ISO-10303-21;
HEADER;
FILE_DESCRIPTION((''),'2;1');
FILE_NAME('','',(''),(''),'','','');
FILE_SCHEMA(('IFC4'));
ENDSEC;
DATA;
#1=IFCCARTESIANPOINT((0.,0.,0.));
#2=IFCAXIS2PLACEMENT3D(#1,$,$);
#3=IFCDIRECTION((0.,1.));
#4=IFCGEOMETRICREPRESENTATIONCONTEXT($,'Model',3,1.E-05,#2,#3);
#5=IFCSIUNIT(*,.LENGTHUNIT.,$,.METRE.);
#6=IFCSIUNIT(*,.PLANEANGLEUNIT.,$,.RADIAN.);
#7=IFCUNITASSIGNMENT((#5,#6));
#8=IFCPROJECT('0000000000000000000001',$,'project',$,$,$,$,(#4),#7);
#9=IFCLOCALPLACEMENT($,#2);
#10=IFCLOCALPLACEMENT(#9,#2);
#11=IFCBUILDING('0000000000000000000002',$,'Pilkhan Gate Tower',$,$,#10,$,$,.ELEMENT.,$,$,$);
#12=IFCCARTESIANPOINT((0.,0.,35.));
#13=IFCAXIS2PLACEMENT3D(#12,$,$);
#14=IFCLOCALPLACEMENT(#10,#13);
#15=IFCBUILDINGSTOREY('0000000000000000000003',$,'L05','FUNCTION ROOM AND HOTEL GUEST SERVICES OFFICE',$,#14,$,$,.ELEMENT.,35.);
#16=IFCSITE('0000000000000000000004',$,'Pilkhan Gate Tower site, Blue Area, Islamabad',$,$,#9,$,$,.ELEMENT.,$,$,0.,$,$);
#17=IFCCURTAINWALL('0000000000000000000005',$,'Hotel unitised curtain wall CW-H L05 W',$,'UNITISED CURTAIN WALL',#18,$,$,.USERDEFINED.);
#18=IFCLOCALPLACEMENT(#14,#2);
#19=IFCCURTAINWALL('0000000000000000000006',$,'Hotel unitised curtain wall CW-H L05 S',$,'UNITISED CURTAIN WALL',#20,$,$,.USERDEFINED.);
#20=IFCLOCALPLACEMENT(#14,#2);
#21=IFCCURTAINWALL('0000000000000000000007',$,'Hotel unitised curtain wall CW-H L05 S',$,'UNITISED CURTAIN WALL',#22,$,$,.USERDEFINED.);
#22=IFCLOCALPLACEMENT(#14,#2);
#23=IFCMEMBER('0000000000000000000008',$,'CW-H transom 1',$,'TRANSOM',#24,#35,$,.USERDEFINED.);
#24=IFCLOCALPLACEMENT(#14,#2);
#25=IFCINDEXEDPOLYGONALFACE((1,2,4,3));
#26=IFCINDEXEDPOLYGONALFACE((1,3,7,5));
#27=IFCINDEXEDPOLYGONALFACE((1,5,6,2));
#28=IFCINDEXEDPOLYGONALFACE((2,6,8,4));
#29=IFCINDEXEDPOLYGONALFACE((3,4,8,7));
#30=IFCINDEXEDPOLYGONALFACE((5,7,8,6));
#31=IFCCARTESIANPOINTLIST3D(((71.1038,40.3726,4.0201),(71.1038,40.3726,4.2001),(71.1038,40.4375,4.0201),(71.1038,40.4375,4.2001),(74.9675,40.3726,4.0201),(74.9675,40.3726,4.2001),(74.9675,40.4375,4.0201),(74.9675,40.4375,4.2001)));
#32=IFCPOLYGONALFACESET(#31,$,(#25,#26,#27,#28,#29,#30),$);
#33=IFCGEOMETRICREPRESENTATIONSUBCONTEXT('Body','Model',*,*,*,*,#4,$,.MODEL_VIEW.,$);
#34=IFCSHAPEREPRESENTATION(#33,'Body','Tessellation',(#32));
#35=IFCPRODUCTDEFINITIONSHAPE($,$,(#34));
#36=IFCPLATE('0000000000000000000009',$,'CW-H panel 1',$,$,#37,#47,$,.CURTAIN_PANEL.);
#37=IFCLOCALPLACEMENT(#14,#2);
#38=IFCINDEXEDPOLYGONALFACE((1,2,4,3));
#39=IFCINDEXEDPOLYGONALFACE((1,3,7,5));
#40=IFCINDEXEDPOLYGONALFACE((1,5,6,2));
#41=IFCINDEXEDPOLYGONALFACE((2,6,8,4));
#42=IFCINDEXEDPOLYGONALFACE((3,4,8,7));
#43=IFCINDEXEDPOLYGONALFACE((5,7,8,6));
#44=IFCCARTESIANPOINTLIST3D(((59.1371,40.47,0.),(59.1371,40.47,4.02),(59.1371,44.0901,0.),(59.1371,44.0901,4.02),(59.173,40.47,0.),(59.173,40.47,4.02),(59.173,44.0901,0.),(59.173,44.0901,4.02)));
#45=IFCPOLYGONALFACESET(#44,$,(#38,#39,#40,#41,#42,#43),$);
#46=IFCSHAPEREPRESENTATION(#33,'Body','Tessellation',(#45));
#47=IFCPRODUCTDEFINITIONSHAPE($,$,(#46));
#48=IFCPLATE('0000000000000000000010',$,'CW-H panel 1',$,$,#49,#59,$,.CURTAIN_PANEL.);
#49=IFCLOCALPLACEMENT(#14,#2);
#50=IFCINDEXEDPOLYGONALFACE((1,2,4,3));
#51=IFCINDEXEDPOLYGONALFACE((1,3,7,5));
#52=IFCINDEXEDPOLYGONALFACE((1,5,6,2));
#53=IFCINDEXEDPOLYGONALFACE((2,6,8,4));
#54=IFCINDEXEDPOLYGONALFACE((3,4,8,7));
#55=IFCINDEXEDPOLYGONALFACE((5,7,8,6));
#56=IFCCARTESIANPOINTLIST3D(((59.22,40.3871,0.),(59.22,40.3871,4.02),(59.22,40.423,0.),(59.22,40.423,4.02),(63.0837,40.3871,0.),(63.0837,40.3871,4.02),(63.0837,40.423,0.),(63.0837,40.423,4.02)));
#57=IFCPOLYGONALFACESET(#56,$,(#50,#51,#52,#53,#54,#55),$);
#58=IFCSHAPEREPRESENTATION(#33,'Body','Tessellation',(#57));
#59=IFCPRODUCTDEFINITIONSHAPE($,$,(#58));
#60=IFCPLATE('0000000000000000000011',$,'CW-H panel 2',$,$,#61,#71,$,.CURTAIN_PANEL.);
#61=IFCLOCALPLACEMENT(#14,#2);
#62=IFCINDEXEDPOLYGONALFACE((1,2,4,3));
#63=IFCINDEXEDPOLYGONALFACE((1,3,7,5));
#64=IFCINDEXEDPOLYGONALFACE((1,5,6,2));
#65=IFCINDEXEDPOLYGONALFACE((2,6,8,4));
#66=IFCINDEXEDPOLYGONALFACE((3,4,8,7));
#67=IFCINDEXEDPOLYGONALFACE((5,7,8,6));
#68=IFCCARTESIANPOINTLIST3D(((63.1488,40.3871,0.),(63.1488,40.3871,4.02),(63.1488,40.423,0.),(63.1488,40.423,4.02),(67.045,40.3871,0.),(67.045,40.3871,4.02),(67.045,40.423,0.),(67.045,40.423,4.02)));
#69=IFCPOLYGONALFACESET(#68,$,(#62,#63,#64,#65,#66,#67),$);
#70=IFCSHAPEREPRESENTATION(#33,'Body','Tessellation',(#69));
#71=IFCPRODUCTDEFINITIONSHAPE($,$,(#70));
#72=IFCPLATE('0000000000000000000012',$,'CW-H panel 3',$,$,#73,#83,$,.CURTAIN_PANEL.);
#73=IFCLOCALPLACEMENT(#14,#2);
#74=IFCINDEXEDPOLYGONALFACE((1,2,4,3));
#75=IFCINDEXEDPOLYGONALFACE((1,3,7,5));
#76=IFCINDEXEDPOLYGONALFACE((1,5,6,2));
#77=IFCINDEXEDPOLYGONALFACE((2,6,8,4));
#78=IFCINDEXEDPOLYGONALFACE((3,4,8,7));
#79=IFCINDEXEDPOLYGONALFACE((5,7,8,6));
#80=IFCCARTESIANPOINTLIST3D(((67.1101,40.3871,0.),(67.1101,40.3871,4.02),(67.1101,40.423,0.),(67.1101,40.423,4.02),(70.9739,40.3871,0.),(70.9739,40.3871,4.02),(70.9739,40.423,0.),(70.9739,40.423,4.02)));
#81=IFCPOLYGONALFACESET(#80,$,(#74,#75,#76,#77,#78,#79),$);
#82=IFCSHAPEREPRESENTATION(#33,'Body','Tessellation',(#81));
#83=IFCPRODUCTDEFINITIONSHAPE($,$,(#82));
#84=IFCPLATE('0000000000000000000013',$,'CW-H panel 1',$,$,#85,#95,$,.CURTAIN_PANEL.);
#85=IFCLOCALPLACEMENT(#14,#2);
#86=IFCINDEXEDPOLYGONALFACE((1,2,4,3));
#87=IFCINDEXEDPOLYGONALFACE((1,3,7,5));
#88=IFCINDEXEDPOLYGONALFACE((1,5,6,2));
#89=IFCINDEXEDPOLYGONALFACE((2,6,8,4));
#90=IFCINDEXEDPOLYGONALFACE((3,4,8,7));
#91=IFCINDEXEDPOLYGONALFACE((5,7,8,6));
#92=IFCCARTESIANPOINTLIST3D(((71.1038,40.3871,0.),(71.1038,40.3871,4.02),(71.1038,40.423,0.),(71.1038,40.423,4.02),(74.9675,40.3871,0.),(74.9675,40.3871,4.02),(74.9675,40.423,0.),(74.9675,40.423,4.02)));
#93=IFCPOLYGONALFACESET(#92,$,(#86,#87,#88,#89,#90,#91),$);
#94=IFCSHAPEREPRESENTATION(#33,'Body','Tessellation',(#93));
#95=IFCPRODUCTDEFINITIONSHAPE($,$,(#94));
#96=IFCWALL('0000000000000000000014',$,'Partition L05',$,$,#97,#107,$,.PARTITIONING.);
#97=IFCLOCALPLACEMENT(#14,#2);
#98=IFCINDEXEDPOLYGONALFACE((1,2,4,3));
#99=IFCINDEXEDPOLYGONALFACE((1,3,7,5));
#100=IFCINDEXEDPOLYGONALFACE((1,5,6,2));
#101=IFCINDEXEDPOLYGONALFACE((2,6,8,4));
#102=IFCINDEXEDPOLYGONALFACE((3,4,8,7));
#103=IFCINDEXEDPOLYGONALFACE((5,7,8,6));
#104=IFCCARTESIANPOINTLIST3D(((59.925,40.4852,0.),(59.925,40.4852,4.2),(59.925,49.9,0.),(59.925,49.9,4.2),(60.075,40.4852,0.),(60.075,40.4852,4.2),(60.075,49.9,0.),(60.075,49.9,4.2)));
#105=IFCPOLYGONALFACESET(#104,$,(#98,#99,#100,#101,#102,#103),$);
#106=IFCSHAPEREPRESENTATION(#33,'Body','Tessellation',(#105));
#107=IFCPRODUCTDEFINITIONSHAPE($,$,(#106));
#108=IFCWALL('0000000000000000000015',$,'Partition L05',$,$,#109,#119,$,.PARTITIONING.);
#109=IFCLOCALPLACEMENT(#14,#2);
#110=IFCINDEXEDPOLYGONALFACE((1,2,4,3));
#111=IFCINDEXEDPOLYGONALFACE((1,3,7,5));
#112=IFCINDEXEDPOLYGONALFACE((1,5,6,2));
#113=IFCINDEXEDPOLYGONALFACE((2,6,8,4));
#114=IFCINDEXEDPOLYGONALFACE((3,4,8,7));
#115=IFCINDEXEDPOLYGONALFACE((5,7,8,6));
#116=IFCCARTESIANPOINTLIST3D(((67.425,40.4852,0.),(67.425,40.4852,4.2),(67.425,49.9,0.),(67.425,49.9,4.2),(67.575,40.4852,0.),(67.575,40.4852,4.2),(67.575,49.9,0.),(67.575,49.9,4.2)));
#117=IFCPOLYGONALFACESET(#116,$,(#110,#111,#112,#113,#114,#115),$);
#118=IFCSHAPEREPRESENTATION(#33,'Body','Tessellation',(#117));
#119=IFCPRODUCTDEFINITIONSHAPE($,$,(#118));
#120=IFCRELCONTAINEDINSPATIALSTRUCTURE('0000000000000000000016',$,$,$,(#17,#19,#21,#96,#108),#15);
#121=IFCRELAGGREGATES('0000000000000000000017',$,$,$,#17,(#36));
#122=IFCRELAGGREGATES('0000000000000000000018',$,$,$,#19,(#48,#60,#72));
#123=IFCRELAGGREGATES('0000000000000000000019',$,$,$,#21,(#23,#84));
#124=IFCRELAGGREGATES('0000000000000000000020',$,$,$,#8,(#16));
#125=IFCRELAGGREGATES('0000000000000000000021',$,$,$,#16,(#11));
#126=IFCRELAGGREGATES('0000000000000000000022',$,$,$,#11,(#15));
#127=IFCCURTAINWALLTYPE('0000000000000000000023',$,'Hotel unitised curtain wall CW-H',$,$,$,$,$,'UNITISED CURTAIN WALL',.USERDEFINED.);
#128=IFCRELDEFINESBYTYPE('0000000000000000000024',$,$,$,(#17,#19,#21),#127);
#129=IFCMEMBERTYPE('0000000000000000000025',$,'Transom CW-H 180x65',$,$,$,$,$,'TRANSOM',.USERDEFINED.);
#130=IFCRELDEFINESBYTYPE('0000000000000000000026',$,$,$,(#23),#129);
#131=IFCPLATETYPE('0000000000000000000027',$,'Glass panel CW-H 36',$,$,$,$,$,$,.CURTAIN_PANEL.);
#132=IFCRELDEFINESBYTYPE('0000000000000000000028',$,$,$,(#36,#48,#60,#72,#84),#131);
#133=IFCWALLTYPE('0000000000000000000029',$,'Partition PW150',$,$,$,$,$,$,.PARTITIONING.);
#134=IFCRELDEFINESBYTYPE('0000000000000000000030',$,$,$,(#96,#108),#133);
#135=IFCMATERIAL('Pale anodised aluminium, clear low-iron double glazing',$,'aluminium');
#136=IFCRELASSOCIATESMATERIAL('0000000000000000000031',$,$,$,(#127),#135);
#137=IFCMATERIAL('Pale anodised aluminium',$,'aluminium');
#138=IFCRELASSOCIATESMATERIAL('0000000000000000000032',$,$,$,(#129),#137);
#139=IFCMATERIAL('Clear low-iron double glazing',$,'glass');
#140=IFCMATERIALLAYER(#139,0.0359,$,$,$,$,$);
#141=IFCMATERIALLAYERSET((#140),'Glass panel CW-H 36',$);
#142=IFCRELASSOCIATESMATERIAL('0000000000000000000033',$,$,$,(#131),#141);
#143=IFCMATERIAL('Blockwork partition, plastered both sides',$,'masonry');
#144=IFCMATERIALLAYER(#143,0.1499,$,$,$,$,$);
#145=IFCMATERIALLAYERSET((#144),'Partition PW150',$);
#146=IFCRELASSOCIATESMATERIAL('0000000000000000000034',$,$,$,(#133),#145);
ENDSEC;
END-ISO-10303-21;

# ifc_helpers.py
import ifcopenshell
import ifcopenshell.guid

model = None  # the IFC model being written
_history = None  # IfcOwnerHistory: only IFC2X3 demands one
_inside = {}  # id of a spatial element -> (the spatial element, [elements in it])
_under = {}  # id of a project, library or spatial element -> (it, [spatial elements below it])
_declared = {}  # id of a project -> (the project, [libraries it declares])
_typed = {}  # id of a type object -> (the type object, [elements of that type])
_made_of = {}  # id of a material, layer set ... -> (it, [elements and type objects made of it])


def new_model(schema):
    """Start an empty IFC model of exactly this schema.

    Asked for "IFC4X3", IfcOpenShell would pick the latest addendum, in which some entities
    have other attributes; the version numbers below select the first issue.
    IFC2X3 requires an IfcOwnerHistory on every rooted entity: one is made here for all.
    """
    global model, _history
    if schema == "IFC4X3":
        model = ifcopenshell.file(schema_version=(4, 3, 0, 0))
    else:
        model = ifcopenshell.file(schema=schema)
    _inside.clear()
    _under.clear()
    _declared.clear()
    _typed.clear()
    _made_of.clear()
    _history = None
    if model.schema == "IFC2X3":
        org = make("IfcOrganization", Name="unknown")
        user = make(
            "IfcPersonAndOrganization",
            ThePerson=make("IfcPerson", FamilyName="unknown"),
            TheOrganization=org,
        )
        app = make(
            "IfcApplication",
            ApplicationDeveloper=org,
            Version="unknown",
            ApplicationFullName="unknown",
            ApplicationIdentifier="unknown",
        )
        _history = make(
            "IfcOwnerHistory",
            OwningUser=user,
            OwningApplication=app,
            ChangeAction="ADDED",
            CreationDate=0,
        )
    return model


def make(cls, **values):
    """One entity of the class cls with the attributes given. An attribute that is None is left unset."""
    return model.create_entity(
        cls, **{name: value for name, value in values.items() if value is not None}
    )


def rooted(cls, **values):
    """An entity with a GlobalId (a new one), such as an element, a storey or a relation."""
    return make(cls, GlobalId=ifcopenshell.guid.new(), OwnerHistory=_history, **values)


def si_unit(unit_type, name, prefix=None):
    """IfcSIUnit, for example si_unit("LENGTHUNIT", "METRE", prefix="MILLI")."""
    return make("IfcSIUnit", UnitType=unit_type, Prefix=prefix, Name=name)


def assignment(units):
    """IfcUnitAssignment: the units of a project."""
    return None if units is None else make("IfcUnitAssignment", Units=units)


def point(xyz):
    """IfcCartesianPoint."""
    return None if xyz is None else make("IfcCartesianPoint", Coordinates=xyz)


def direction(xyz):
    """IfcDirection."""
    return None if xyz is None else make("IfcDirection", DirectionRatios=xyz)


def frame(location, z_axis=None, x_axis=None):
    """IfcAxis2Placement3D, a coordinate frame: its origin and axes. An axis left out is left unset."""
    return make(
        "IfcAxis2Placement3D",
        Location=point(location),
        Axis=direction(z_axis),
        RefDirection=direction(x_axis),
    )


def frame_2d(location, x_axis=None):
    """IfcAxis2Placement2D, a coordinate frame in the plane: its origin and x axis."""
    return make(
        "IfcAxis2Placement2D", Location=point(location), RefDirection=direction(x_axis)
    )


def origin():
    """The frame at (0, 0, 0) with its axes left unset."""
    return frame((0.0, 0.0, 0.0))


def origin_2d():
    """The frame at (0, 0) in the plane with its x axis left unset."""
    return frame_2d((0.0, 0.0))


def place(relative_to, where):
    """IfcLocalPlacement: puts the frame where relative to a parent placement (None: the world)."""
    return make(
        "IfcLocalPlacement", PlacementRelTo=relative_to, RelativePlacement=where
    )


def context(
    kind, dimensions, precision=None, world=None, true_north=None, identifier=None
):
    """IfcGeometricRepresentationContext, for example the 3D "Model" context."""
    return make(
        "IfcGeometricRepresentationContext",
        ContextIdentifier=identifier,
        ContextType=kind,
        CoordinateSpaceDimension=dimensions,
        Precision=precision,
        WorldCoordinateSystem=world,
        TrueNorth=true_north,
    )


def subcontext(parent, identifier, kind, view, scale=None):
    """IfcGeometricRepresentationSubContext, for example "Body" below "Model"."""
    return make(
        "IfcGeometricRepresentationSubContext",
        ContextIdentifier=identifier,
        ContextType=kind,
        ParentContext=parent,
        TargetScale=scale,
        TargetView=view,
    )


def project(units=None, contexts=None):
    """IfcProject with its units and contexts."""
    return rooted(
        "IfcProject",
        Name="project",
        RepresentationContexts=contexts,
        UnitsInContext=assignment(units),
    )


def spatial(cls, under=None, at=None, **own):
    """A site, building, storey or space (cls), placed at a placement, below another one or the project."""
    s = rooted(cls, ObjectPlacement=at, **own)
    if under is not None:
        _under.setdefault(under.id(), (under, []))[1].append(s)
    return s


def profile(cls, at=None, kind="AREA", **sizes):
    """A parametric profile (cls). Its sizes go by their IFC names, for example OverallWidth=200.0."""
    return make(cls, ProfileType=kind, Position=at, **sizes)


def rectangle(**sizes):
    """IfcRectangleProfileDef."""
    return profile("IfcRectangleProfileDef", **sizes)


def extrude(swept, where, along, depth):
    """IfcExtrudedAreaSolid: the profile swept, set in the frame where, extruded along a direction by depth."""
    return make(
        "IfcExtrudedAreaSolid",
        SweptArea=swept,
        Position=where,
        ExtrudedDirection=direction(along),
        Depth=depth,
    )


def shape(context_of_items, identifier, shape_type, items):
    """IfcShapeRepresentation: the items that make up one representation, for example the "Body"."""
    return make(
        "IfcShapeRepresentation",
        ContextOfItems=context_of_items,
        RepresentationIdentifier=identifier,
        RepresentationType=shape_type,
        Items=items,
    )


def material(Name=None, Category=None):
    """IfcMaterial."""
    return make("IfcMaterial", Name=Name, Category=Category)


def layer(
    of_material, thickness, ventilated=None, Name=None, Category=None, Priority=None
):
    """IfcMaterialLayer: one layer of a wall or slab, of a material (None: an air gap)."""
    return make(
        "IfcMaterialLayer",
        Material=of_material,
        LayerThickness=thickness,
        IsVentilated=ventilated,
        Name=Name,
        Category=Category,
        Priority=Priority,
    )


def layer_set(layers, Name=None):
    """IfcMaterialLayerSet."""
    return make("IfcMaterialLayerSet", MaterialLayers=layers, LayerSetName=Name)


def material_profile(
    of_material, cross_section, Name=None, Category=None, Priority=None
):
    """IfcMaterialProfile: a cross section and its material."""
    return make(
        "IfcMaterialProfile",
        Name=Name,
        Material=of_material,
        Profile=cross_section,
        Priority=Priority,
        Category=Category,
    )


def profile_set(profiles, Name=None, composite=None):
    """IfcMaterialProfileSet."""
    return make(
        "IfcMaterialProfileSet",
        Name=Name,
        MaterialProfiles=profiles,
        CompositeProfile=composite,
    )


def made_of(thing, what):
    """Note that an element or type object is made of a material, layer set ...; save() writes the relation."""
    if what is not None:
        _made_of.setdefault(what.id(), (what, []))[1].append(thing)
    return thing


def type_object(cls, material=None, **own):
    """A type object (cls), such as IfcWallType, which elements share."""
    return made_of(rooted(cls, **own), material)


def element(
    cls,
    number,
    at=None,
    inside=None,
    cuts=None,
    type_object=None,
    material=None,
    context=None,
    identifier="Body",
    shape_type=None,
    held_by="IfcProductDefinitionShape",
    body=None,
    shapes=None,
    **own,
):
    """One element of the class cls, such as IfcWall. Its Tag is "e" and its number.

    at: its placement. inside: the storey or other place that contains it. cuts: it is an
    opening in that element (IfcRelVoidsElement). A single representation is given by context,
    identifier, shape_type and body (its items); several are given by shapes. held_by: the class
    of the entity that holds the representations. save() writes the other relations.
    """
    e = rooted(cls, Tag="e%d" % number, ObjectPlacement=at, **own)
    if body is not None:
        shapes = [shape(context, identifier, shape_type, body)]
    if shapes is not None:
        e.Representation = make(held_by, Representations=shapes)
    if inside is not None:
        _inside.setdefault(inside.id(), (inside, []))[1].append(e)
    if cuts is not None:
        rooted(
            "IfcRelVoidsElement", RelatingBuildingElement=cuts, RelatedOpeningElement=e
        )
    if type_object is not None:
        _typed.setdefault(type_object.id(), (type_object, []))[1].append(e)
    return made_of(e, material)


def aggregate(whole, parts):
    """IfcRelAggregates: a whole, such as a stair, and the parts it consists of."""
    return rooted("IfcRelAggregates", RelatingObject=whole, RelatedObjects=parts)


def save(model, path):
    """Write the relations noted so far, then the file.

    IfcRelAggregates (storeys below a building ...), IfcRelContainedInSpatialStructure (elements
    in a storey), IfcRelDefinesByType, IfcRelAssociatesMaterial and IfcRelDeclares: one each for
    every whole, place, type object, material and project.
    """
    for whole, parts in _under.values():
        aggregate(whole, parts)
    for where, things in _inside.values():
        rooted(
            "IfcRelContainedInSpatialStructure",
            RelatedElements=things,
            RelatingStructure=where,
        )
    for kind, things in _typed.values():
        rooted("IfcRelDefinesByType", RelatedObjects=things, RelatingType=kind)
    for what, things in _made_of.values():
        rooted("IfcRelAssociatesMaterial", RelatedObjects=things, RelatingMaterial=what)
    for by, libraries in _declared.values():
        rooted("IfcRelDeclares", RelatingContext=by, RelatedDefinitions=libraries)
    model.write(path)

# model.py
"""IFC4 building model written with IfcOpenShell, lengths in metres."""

from ifc_helpers import new_model, si_unit, direction, frame, frame_2d, origin, origin_2d, place, context, subcontext, project, spatial, rectangle, extrude, material, layer, layer_set, material_profile, profile_set, type_object, element, aggregate, save


model = new_model("IFC4")

# Units and contexts
model_context = context("Model", 3, precision=1e-05, world=origin(), true_north=direction((0.0, 1.0)))
body_context = subcontext(model_context, "Body", "Model", "MODEL_VIEW")
ifc_project = project(units=[si_unit("LENGTHUNIT", "METRE"), si_unit("PLANEANGLEUNIT", "RADIAN")], contexts=[model_context])

# Site, building, storey
site_placement = place(None, origin())
site = spatial("IfcSite", under=ifc_project, at=site_placement, Name="Pilkhan Gate Tower site, Blue Area, Islamabad", CompositionType="ELEMENT", RefElevation=0.0)
building_placement = place(site_placement, origin())
building = spatial("IfcBuilding", under=site, at=building_placement, Name="Pilkhan Gate Tower", CompositionType="ELEMENT")
storey_placement = place(building_placement, frame((0.0, 0.0, 35.0)))
storey = spatial("IfcBuildingStorey", under=building, at=storey_placement, Name="L05", Description="FUNCTION ROOM AND HOTEL GUEST SERVICES OFFICE", CompositionType="ELEMENT", Elevation=35.0)

# Shared definitions
ifc_material_1 = material(Name="Pale anodised aluminium, clear low-iron double glazing", Category="aluminium")
curtain_wall_type = type_object("IfcCurtainWallType", Name="Hotel unitised curtain wall CW-H", ElementType="UNITISED CURTAIN WALL", PredefinedType="USERDEFINED", material=ifc_material_1)
ifc_material_2 = material(Name="Pale anodised aluminium", Category="aluminium")

# Curtain walls
curtain_wall_1_placement = place(storey_placement, origin())
curtain_wall_1 = element("IfcCurtainWall", 1, at=curtain_wall_1_placement, inside=storey, type_object=curtain_wall_type, Name="Hotel unitised curtain wall CW-H L05 W", ObjectType="UNITISED CURTAIN WALL", PredefinedType="USERDEFINED")
curtain_wall_2_placement = place(storey_placement, origin())
curtain_wall_2 = element("IfcCurtainWall", 2, at=curtain_wall_2_placement, inside=storey, type_object=curtain_wall_type, Name="Hotel unitised curtain wall CW-H L05 S", ObjectType="UNITISED CURTAIN WALL", PredefinedType="USERDEFINED")

# Curtain wall
curtain_wall_3_placement = place(storey_placement, origin())
curtain_wall_3 = element("IfcCurtainWall", 3, at=curtain_wall_3_placement, inside=storey, type_object=curtain_wall_type, Name="Hotel unitised curtain wall CW-H L05 S", ObjectType="UNITISED CURTAIN WALL", PredefinedType="USERDEFINED")

# Member
ifc_material_profile_1 = material_profile(ifc_material_2, rectangle(XDim=0.0649, YDim=0.1799, at=origin_2d()), Name="Transom 180x65")
ifc_profile_set_1 = profile_set([ifc_material_profile_1], Name="Pale anodised aluminium")
member_type_1 = type_object("IfcMemberType", Name="Transom CW-H 180x65", ElementType="TRANSOM", PredefinedType="USERDEFINED", material=ifc_profile_set_1)
member_1_placement = place(storey_placement, frame((71.1038, 40.405, 4.1101), z_axis=(1.0, 0.0, 0.0), x_axis=(0.0, 1.0, 0.0)))
member_1 = element("IfcMember", 4, at=member_1_placement, type_object=member_type_1, Name="CW-H transom 1", ObjectType="TRANSOM", PredefinedType="USERDEFINED", context=body_context, shape_type="SweptSolid", body=[
    extrude(rectangle(XDim=0.0649, YDim=0.1799, at=origin_2d()), origin(), (0.0, 0.0, 1.0), 3.8638),
])

# Plates
ifc_material_3 = material(Name="Clear low-iron double glazing", Category="glass")
ifc_layer_1 = layer(ifc_material_3, 0.0359)
ifc_layer_set_1 = layer_set([ifc_layer_1], Name="Glass panel CW-H 36")
plate_type = type_object("IfcPlateType", Name="Glass panel CW-H 36", PredefinedType="CURTAIN_PANEL", material=ifc_layer_set_1)
plate_1_placement = place(storey_placement, frame((59.155, 42.28, 0.0), z_axis=(0.0, 0.0, 1.0), x_axis=(0.0, 1.0, 0.0)))
plate_1 = element("IfcPlate", 5, at=plate_1_placement, type_object=plate_type, Name="CW-H panel 1", PredefinedType="CURTAIN_PANEL", context=body_context, shape_type="SweptSolid", body=[
    extrude(rectangle(XDim=3.6201, YDim=0.0359, at=origin_2d()), origin(), (0.0, 0.0, 1.0), 4.02),
])
aggregate(curtain_wall_1, [plate_1])
plate_2_placement = place(storey_placement, frame((61.1519, 40.405, 0.0), z_axis=(0.0, 0.0, 1.0), x_axis=(1.0, 0.0, 0.0)))
plate_2 = element("IfcPlate", 6, at=plate_2_placement, type_object=plate_type, Name="CW-H panel 1", PredefinedType="CURTAIN_PANEL", context=body_context, shape_type="SweptSolid", body=[
    extrude(rectangle(XDim=3.8638, YDim=0.0359, at=origin_2d()), origin(), (0.0, 0.0, 1.0), 4.02),
])
plate_3_placement = place(storey_placement, frame((65.0969, 40.405, 0.0), z_axis=(0.0, 0.0, 1.0), x_axis=(1.0, 0.0, 0.0)))
plate_3 = element("IfcPlate", 7, at=plate_3_placement, type_object=plate_type, Name="CW-H panel 2", PredefinedType="CURTAIN_PANEL", context=body_context, shape_type="SweptSolid", body=[
    extrude(rectangle(XDim=3.8962, YDim=0.0359, at=origin_2d()), origin(), (0.0, 0.0, 1.0), 4.02),
])
plate_4_placement = place(storey_placement, frame((69.042, 40.405, 0.0), z_axis=(0.0, 0.0, 1.0), x_axis=(1.0, 0.0, 0.0)))
plate_4 = element("IfcPlate", 8, at=plate_4_placement, type_object=plate_type, Name="CW-H panel 3", PredefinedType="CURTAIN_PANEL", context=body_context, shape_type="SweptSolid", body=[
    extrude(rectangle(XDim=3.8638, YDim=0.0359, at=origin_2d()), origin(), (0.0, 0.0, 1.0), 4.02),
])
aggregate(curtain_wall_2, [plate_2, plate_3, plate_4])
plate_5_placement = place(storey_placement, frame((73.0356, 40.405, 0.0), z_axis=(0.0, 0.0, 1.0), x_axis=(1.0, 0.0, 0.0)))
plate_5 = element("IfcPlate", 9, at=plate_5_placement, type_object=plate_type, Name="CW-H panel 1", PredefinedType="CURTAIN_PANEL", context=body_context, shape_type="SweptSolid", body=[
    extrude(rectangle(XDim=3.8638, YDim=0.0359, at=origin_2d()), origin(), (0.0, 0.0, 1.0), 4.02),
])
aggregate(curtain_wall_3, [member_1, plate_5])

# Walls
ifc_material_4 = material(Name="Blockwork partition, plastered both sides", Category="masonry")
ifc_layer_2 = layer(ifc_material_4, 0.1499)
ifc_layer_set_2 = layer_set([ifc_layer_2], Name="Partition PW150")
wall_type = type_object("IfcWallType", Name="Partition PW150", PredefinedType="PARTITIONING", material=ifc_layer_set_2)
for number, where, z_axis, x_axis, name in (
    (10, (60.0, 40.4851, 0.0), (0.0, 0.0, 1.0), (0.0, 1.0, 0.0), "Partition L05"),
    (11, (67.5, 40.4851, 0.0), (0.0, 0.0, 1.0), (0.0, 1.0, 0.0), "Partition L05"),
):
    element("IfcWall", number, at=place(storey_placement, frame(where, z_axis=z_axis, x_axis=x_axis)), inside=storey, type_object=wall_type, Name=name, PredefinedType="PARTITIONING", context=body_context, shape_type="SweptSolid", body=[
        extrude(rectangle(XDim=9.4148, YDim=0.1499, at=frame_2d((4.7075, 0.0))), origin(), (0.0, 0.0, 1.0), 4.2),
    ])

save(model, "model.ifc")
